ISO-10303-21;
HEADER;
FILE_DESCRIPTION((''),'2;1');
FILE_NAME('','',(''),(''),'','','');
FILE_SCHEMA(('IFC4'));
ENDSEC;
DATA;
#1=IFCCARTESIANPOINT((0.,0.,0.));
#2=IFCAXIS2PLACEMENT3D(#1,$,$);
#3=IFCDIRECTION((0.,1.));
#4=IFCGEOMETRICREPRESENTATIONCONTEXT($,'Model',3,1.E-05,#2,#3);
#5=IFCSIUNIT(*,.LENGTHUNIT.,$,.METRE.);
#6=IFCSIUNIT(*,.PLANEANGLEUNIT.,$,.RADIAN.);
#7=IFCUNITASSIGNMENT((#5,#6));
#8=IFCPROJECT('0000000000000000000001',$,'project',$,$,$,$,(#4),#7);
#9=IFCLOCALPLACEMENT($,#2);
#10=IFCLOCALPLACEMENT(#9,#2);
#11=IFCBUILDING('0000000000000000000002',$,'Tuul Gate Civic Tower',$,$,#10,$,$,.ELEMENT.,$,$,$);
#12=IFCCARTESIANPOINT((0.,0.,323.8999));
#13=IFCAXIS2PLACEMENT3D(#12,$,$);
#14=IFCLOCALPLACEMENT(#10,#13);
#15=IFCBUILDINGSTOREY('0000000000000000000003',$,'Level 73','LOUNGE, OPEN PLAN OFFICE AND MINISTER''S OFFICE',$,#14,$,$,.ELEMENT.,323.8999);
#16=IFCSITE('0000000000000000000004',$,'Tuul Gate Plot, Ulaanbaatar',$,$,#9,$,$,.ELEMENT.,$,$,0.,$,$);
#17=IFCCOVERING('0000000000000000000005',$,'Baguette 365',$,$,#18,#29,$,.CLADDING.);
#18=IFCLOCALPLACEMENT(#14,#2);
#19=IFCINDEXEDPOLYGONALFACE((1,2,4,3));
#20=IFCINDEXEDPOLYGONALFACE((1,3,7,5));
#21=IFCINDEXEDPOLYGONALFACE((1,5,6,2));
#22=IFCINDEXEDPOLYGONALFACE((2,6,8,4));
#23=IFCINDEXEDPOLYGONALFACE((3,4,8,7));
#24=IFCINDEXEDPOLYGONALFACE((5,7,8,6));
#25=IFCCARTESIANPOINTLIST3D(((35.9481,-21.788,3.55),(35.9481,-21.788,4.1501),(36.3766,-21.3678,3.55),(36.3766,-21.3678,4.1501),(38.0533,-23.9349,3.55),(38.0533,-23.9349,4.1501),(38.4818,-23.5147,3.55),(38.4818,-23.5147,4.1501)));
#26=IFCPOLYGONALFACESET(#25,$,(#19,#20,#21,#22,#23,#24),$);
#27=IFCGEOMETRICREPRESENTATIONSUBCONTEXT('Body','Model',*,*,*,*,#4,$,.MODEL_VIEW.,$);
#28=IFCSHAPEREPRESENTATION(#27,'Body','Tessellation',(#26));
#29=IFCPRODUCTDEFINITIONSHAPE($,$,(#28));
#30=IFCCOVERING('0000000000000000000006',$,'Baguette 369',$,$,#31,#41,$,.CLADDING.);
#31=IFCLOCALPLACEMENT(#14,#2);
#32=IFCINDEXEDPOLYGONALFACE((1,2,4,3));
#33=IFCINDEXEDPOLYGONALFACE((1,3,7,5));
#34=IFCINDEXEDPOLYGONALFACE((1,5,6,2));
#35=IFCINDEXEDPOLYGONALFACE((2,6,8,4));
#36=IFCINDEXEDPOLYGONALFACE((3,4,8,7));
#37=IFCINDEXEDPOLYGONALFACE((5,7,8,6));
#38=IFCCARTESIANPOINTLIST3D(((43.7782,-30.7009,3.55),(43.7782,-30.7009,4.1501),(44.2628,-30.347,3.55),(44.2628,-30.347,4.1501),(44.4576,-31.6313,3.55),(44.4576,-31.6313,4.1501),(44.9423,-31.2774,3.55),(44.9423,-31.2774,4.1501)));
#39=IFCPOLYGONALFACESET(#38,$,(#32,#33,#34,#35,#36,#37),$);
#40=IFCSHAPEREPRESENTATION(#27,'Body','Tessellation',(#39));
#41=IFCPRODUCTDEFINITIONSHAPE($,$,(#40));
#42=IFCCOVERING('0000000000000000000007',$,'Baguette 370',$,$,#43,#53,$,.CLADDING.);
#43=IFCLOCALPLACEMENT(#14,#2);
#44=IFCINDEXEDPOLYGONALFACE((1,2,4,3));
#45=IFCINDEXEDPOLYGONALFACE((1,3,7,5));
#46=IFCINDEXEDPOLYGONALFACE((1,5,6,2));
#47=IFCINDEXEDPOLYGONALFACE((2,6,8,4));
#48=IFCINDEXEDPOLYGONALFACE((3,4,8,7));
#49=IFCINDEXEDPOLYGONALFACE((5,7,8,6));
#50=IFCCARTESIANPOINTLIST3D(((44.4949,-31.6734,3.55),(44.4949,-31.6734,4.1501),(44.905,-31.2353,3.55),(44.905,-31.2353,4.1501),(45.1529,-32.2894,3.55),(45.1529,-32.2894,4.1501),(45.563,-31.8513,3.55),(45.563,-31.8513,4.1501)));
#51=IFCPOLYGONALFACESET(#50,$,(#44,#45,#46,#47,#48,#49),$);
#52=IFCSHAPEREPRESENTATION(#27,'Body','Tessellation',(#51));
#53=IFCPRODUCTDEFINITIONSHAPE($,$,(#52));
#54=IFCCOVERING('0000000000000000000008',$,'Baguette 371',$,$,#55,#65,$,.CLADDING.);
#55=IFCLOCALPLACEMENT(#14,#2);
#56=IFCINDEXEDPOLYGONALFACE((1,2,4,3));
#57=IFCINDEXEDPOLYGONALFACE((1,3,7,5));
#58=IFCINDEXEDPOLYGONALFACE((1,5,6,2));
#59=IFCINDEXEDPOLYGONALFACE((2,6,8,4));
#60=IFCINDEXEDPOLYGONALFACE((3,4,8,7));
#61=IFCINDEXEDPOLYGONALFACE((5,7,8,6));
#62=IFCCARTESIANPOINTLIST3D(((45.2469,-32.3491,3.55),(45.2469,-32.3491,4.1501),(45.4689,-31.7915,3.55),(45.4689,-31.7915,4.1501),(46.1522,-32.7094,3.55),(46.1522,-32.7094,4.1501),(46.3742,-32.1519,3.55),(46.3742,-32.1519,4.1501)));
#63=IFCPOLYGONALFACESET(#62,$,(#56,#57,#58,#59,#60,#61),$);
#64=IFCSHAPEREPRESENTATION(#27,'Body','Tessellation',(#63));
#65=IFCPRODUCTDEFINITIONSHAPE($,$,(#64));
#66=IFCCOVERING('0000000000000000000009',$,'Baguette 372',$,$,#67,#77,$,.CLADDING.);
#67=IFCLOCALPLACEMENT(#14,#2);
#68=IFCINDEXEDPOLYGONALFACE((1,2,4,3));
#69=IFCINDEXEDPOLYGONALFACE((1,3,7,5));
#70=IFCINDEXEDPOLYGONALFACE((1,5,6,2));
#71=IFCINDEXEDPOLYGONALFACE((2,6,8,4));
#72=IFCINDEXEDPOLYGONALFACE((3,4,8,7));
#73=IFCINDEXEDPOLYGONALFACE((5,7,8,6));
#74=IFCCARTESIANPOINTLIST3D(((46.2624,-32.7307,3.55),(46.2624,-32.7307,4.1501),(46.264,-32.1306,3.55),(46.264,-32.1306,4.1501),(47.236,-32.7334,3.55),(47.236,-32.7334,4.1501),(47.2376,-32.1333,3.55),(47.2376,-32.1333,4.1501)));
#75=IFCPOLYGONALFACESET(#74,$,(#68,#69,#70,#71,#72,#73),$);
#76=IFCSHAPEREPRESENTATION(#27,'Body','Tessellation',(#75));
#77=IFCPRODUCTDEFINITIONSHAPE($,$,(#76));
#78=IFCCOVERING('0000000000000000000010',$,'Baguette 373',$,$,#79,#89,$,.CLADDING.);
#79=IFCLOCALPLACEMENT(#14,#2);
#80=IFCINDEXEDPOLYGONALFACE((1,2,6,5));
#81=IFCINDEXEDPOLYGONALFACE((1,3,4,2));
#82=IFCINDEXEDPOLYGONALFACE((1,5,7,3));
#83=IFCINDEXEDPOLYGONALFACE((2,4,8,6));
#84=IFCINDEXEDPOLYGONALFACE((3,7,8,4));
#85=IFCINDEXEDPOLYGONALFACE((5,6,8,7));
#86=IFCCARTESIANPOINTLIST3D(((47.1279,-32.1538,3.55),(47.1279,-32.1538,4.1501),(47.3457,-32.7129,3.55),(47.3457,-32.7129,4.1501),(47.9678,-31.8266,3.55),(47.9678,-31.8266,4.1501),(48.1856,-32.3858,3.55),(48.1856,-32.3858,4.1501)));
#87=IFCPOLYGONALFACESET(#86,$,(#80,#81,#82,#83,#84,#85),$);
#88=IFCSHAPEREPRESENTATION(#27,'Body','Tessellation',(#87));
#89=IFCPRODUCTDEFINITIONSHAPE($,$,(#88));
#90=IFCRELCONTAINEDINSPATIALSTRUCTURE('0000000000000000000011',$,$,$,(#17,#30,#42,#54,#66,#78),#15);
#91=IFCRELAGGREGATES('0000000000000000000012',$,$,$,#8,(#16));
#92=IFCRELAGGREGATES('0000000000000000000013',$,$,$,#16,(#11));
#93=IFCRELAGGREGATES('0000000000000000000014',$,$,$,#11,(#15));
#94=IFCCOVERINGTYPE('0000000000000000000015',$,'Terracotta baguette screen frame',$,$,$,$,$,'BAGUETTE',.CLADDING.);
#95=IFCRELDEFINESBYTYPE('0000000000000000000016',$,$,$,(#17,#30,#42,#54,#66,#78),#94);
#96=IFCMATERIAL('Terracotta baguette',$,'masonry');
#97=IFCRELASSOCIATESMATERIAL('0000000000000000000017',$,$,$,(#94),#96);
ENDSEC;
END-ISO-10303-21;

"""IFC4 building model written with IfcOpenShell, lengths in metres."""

from ifc_helpers import new_model, si_unit, direction, frame, origin, origin_2d, place, context, subcontext, project, spatial, rectangle, extrude, material, material_profile, profile_set, type_object, element, save


model = new_model("IFC4")

# Units and contexts
model_context = context("Model", 3, precision=1e-05, world=origin(), true_north=direction((0.0, 1.0)))
body_context = subcontext(model_context, "Body", "Model", "MODEL_VIEW")
ifc_project = project(units=[si_unit("LENGTHUNIT", "METRE"), si_unit("PLANEANGLEUNIT", "RADIAN")], contexts=[model_context])

# Site, building, storey
site_placement = place(None, origin())
site = spatial("IfcSite", under=ifc_project, at=site_placement, Name="Tuul Gate Plot, Ulaanbaatar", CompositionType="ELEMENT", RefElevation=0.0)
building_placement = place(site_placement, origin())
building = spatial("IfcBuilding", under=site, at=building_placement, Name="Tuul Gate Civic Tower", CompositionType="ELEMENT")
storey_placement = place(building_placement, frame((0.0, 0.0, 323.8999)))
storey = spatial("IfcBuildingStorey", under=building, at=storey_placement, Name="Level 73", Description="LOUNGE, OPEN PLAN OFFICE AND MINISTER'S OFFICE", CompositionType="ELEMENT", Elevation=323.8999)

# Coverings
ifc_material_1 = material(Name="Terracotta baguette", Category="masonry")
ifc_material_profile_1 = material_profile(ifc_material_1, rectangle(XDim=0.6001, YDim=0.6001, at=origin_2d()), Name="Terracotta baguette screen frame")
ifc_profile_set_1 = profile_set([ifc_material_profile_1], Name="Terracotta baguette")
covering_type = type_object("IfcCoveringType", Name="Terracotta baguette screen frame", ElementType="BAGUETTE", PredefinedType="CLADDING", material=ifc_profile_set_1)
covering_1_placement = place(storey_placement, frame((36.1624, -21.5779, 3.8501), z_axis=(0.700131, -0.714015, 0.0), x_axis=(0.714015, 0.700131, 0.0)))
element("IfcCovering", 1, at=covering_1_placement, inside=storey, type_object=covering_type, Name="Baguette 365", PredefinedType="CLADDING", context=body_context, shape_type="SweptSolid", body=[
    extrude(rectangle(XDim=0.6001, YDim=0.6001, at=origin_2d()), origin(), (0.0, 0.0, 1.0), 3.0068),
])
covering_2_placement = place(storey_placement, frame((44.0205, -30.5239, 3.8501), z_axis=(0.589746, -0.807589, 0.0), x_axis=(0.807589, 0.589746, 0.0)))
element("IfcCovering", 2, at=covering_2_placement, inside=storey, type_object=covering_type, Name="Baguette 369", PredefinedType="CLADDING", context=body_context, shape_type="SweptSolid", body=[
    extrude(rectangle(XDim=0.6001, YDim=0.6001, at=origin_2d()), origin(), (0.0, 0.0, 1.0), 1.1521),
])
covering_3_placement = place(storey_placement, frame((44.7, -31.4543, 3.8501), z_axis=(0.730019, -0.683427, 0.0), x_axis=(0.683427, 0.730019, 0.0)))
element("IfcCovering", 3, at=covering_3_placement, inside=storey, type_object=covering_type, Name="Baguette 370", PredefinedType="CLADDING", context=body_context, shape_type="SweptSolid", body=[
    extrude(rectangle(XDim=0.6001, YDim=0.6001, at=origin_2d()), origin(), (0.0, 0.0, 1.0), 0.9014),
])
covering_4_placement = place(storey_placement, frame((45.3579, -32.0703, 3.8501), z_axis=(0.929097, -0.369835, 0.0), x_axis=(0.369835, 0.929097, 0.0)))
element("IfcCovering", 4, at=covering_4_placement, inside=storey, type_object=covering_type, Name="Baguette 371", PredefinedType="CLADDING", context=body_context, shape_type="SweptSolid", body=[
    extrude(rectangle(XDim=0.6001, YDim=0.6001, at=origin_2d()), origin(), (0.0, 0.0, 1.0), 0.9744),
])
covering_5_placement = place(storey_placement, frame((46.2632, -32.4307, 3.8501), z_axis=(0.999996, -0.002758, 0.0), x_axis=(0.002758, 0.999996, 0.0)))
element("IfcCovering", 5, at=covering_5_placement, inside=storey, type_object=covering_type, Name="Baguette 372", PredefinedType="CLADDING", context=body_context, shape_type="SweptSolid", body=[
    extrude(rectangle(XDim=0.6001, YDim=0.6001, at=origin_2d()), origin(), (0.0, 0.0, 1.0), 0.9736),
])
covering_6_placement = place(storey_placement, frame((47.2368, -32.4333, 3.8501), z_axis=(0.931801, 0.362969, 0.0), x_axis=(-0.362969, 0.931801, 0.0)))
element("IfcCovering", 6, at=covering_6_placement, inside=storey, type_object=covering_type, Name="Baguette 373", PredefinedType="CLADDING", context=body_context, shape_type="SweptSolid", body=[
    extrude(rectangle(XDim=0.6001, YDim=0.6001, at=origin_2d()), origin(), (0.0, 0.0, 1.0), 0.9014),
])

save(model, "model.ifc")
